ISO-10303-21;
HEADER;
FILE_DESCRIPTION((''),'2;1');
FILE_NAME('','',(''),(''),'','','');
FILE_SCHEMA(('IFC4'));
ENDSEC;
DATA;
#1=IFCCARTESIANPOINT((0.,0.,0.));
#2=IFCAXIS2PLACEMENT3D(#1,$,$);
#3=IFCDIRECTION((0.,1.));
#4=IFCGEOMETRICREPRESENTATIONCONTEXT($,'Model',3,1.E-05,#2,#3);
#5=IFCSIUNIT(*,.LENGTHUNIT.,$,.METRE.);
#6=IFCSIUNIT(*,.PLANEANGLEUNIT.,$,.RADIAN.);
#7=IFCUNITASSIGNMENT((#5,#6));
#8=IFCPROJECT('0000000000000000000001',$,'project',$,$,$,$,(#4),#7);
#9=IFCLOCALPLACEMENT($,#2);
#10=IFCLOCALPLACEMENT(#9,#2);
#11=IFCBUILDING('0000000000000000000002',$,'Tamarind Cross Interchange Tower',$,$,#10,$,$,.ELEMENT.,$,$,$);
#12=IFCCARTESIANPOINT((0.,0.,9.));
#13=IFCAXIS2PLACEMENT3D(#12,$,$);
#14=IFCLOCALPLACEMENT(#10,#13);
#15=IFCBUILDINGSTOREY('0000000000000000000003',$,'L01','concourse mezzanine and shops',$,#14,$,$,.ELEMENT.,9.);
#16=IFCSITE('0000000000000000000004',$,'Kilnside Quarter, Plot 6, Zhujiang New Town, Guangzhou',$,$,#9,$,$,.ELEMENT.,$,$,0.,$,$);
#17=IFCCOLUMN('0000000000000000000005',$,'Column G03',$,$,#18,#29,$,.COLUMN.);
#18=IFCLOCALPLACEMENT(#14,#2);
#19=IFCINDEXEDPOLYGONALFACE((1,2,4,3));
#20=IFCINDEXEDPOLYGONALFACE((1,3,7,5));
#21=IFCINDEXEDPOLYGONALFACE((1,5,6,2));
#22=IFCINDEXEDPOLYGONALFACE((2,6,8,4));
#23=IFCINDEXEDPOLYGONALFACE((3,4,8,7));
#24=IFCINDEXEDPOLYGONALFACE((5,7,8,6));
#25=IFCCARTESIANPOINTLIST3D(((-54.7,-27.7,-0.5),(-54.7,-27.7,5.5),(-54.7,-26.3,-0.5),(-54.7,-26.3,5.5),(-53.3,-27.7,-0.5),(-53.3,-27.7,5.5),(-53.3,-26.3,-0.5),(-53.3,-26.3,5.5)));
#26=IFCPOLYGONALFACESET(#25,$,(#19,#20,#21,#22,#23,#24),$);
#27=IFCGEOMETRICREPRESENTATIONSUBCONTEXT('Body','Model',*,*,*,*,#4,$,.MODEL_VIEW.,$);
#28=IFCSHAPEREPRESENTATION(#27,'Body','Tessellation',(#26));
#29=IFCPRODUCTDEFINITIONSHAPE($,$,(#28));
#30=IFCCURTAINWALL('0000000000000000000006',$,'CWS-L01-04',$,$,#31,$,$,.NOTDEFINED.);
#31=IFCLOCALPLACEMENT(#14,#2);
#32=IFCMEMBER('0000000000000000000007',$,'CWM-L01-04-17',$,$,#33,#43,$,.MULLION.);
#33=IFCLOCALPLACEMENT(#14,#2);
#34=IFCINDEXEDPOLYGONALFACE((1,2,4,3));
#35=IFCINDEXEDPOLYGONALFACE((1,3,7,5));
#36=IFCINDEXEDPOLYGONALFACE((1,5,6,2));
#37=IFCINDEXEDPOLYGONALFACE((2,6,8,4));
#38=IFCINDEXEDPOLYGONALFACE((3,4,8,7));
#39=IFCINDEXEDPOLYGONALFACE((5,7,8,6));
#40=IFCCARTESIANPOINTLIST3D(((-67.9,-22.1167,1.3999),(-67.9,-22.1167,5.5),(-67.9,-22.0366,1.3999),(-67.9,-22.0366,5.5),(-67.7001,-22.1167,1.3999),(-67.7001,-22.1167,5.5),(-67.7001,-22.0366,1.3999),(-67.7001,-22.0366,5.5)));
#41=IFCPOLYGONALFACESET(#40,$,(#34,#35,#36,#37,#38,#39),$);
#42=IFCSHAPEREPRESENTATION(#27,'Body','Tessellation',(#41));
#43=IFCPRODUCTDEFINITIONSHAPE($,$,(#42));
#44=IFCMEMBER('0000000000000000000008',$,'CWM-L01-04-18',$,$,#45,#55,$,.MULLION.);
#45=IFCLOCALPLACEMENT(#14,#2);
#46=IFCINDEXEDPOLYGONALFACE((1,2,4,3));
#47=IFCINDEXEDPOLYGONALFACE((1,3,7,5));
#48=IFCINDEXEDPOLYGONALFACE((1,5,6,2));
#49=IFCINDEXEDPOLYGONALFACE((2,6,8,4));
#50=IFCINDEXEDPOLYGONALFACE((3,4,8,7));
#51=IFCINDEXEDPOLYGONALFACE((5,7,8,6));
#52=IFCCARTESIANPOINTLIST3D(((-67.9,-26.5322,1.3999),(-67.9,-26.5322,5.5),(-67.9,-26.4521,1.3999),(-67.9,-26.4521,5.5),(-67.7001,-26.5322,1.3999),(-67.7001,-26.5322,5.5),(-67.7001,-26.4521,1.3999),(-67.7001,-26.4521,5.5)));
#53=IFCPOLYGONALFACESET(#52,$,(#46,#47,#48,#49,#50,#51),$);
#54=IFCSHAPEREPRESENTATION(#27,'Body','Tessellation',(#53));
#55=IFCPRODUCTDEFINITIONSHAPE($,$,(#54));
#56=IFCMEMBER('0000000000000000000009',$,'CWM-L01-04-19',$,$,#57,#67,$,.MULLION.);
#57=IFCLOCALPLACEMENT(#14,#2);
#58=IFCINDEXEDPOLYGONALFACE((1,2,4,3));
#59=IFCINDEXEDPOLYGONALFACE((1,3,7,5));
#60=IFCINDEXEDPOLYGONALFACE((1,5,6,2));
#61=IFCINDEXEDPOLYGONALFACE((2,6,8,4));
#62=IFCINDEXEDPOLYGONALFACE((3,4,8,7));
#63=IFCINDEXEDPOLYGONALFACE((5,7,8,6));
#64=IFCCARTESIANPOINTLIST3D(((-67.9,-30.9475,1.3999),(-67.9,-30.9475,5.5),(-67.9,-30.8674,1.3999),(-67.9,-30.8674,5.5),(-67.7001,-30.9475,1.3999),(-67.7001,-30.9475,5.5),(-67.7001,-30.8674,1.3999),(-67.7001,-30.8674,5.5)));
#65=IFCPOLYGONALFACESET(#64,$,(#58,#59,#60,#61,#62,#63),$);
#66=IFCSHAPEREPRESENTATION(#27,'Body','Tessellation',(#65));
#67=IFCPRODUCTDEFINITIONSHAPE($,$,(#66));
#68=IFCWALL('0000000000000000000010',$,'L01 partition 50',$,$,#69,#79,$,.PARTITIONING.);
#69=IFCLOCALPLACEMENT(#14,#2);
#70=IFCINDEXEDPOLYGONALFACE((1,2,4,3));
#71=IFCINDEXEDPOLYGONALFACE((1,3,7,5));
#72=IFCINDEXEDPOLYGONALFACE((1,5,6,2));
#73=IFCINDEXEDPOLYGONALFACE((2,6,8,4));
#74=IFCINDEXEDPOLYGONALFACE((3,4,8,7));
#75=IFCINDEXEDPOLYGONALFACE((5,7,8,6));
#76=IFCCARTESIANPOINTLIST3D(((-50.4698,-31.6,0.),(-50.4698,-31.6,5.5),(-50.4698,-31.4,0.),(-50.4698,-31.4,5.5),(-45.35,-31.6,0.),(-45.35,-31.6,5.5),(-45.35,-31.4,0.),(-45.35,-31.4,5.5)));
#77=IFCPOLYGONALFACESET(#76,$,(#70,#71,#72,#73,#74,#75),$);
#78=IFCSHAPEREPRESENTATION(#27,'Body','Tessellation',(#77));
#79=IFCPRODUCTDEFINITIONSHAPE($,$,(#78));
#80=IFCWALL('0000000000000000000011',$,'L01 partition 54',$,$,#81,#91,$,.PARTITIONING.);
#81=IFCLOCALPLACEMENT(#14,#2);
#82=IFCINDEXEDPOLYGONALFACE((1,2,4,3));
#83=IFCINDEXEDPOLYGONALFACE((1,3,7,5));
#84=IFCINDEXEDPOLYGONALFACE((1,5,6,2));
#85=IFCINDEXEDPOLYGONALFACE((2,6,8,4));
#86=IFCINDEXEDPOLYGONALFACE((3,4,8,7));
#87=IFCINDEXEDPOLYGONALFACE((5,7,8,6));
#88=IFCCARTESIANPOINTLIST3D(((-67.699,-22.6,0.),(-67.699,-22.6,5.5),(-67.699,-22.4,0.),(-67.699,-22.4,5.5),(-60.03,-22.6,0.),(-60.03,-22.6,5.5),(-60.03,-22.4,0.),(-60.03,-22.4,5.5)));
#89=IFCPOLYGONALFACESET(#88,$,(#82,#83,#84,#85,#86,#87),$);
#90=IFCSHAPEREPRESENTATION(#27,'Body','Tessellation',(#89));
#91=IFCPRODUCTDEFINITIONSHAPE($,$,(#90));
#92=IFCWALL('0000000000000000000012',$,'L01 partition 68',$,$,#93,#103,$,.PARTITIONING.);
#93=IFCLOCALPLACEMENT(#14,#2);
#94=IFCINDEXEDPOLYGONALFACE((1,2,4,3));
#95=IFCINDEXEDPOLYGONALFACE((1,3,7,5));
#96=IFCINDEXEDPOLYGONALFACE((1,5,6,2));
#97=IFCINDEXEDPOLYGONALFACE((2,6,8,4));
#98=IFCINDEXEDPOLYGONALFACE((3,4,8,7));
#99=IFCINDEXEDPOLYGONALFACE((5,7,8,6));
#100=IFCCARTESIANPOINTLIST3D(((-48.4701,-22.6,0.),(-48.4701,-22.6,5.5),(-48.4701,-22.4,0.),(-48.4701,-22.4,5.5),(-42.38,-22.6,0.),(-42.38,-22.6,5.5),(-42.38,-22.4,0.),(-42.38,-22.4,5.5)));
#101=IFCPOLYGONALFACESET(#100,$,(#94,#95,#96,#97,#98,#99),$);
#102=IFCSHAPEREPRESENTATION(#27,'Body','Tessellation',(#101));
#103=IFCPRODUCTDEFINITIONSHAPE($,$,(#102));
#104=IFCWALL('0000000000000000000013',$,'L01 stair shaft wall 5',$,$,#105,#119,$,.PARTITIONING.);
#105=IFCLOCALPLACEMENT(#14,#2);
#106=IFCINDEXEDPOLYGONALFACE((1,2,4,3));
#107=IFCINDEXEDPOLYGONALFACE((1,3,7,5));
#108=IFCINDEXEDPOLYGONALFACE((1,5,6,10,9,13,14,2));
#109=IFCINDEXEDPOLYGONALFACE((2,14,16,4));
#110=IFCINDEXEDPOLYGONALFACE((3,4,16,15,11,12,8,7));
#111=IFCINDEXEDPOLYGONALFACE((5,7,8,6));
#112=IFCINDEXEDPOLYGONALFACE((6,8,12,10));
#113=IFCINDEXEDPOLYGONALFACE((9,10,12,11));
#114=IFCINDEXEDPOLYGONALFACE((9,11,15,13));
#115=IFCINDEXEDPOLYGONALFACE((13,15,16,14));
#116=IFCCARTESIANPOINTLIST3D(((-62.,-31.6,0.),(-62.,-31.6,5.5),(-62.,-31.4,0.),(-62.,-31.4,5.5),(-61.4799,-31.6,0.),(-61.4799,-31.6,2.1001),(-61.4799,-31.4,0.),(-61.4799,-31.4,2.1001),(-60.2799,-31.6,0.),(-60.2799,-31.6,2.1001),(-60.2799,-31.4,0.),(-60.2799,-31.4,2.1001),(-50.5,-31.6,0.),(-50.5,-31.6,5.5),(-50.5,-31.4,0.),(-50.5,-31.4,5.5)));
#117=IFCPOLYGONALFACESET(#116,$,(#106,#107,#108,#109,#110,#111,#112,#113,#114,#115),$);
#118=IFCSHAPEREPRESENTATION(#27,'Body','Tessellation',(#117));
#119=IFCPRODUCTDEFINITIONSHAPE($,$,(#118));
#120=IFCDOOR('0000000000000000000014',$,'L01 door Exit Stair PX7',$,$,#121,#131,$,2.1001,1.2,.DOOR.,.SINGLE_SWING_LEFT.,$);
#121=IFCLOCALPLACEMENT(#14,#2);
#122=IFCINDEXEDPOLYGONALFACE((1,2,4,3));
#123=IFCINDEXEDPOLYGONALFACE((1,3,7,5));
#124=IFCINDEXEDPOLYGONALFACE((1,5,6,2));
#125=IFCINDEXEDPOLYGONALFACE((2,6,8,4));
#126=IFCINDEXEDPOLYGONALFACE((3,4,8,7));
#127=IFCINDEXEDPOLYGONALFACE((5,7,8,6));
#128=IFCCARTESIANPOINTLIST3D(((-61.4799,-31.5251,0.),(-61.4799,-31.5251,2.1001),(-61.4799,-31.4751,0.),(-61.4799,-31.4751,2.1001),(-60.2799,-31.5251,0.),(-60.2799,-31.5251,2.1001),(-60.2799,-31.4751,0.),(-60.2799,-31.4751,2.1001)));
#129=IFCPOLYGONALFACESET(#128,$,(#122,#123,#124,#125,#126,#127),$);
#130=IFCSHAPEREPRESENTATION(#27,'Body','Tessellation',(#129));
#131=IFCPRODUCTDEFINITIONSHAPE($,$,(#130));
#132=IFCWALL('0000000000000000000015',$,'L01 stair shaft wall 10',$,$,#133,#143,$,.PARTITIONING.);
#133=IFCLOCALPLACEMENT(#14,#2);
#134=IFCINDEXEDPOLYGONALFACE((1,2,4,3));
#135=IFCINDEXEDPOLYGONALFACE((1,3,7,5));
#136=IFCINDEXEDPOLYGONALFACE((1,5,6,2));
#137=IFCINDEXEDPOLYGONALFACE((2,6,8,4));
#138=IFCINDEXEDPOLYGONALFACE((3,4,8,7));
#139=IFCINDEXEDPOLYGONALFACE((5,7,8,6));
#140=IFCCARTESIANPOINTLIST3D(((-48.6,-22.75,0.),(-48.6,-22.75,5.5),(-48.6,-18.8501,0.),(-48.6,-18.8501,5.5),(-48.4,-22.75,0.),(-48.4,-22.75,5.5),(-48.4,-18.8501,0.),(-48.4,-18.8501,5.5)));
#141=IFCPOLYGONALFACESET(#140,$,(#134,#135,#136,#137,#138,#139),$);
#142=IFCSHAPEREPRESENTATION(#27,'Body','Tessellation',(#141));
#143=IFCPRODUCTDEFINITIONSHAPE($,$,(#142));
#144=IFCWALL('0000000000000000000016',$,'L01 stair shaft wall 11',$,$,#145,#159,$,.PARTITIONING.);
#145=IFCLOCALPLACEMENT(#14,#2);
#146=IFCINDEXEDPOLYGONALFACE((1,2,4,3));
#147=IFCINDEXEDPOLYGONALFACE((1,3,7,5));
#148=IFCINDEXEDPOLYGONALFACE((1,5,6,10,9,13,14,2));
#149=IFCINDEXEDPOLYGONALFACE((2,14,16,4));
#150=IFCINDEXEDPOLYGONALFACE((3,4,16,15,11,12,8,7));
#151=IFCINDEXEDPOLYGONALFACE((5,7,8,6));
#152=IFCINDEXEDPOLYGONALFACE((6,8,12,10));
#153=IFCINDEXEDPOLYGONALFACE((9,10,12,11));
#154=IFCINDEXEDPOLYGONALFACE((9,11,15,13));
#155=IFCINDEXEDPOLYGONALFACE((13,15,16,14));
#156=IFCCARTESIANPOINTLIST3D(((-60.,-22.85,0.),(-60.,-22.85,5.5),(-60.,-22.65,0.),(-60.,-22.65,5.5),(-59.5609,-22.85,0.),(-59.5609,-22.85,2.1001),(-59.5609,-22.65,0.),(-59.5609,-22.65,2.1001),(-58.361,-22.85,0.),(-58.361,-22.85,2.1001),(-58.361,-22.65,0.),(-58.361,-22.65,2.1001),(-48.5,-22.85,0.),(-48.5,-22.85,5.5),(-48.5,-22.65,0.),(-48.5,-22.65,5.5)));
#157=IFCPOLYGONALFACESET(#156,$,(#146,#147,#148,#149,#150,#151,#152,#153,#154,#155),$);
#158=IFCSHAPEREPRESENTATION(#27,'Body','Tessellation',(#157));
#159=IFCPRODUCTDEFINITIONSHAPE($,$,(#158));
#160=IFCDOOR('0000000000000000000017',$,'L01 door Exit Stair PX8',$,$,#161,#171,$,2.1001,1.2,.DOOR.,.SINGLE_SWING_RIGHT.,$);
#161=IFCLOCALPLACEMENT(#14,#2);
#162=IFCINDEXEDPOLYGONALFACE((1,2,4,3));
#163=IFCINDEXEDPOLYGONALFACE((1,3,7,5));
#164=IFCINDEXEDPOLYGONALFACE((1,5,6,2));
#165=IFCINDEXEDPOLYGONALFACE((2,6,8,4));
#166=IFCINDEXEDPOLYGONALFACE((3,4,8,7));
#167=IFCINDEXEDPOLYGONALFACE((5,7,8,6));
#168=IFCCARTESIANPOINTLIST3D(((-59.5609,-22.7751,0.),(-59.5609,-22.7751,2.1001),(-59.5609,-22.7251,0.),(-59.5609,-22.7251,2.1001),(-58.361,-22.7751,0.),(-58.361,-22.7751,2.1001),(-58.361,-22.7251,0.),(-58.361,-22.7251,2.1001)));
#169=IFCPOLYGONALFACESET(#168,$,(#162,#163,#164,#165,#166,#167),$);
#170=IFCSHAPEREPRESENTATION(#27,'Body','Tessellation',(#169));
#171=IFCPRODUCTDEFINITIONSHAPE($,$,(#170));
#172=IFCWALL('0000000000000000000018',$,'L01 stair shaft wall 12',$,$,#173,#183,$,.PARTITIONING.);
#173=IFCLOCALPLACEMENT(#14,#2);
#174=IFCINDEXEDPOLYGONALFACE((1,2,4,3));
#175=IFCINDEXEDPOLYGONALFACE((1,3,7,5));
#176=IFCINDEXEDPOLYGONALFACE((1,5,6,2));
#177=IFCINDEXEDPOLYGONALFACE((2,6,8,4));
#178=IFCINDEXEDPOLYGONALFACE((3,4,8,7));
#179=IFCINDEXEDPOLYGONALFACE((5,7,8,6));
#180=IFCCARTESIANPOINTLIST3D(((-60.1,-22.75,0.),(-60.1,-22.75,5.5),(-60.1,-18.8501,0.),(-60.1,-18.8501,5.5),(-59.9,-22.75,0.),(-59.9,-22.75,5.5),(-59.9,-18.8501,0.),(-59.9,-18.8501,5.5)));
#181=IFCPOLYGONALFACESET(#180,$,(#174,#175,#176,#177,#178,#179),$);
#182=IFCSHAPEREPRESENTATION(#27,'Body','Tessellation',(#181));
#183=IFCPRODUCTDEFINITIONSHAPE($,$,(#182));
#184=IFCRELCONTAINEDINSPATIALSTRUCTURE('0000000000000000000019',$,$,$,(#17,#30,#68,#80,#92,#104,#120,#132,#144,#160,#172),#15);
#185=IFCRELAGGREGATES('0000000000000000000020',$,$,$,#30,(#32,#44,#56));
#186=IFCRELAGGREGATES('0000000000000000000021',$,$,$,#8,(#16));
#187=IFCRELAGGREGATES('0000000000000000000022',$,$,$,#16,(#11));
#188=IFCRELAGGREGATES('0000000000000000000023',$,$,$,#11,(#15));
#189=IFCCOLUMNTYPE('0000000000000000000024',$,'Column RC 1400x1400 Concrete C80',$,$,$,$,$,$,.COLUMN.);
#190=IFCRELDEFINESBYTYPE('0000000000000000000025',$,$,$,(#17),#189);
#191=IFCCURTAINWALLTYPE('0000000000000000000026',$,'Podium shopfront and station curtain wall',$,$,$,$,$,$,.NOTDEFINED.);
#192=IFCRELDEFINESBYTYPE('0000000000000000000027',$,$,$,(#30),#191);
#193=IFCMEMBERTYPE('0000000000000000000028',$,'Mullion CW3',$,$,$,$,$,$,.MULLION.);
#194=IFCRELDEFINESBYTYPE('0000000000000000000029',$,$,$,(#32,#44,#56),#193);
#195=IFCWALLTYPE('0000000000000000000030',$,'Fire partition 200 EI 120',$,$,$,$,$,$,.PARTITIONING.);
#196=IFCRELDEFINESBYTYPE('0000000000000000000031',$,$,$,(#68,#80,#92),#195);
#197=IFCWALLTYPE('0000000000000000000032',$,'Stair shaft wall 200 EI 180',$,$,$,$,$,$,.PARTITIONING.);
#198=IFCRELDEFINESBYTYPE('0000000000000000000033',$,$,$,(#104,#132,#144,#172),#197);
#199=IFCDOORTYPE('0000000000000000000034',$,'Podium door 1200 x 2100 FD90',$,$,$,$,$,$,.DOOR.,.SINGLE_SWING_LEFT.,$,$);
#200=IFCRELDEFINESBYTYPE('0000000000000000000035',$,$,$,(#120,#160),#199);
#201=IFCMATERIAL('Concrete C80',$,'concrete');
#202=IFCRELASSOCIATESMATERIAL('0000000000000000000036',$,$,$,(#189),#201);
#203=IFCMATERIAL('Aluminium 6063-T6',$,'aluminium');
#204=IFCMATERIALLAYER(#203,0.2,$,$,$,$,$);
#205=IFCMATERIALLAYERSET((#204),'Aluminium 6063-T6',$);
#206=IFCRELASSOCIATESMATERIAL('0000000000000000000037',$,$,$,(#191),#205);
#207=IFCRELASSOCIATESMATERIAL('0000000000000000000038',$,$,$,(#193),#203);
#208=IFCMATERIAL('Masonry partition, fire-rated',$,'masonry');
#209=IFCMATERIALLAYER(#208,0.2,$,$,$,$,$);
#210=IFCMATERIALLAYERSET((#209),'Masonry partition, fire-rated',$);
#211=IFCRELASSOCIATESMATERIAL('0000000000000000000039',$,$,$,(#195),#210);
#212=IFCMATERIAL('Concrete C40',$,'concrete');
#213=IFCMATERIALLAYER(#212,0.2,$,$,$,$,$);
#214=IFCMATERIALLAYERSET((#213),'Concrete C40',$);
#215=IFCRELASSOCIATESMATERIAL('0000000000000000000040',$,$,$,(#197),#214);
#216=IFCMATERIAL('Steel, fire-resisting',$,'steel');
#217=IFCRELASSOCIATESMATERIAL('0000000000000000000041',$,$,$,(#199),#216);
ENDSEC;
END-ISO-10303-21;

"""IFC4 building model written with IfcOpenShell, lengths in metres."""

from ifc_helpers import new_model, si_unit, direction, frame, frame_2d, origin, origin_2d, place, context, subcontext, project, spatial, rectangle, extrude, material, layer, layer_set, material_profile, profile_set, type_object, element, fill, aggregate, save


model = new_model("IFC4")

# Units and contexts
model_context = context("Model", 3, precision=1e-05, world=origin(), true_north=direction((0.0, 1.0)))
body_context = subcontext(model_context, "Body", "Model", "MODEL_VIEW")
ifc_project = project(units=[si_unit("LENGTHUNIT", "METRE"), si_unit("PLANEANGLEUNIT", "RADIAN")], contexts=[model_context])

# Site, building, storey
site_placement = place(None, origin())
site = spatial("IfcSite", under=ifc_project, at=site_placement, Name="Kilnside Quarter, Plot 6, Zhujiang New Town, Guangzhou", CompositionType="ELEMENT", RefElevation=0.0)
building_placement = place(site_placement, origin())
building = spatial("IfcBuilding", under=site, at=building_placement, Name="Tamarind Cross Interchange Tower", CompositionType="ELEMENT")
storey_placement = place(building_placement, frame((0.0, 0.0, 9.0)))
storey = spatial("IfcBuildingStorey", under=building, at=storey_placement, Name="L01", Description="concourse mezzanine and shops", CompositionType="ELEMENT", Elevation=9.0)

# Column
ifc_material_1 = material(Name="Concrete C80", Category="concrete")
ifc_material_profile_1 = material_profile(ifc_material_1, rectangle(XDim=1.3999, YDim=1.3999, at=origin_2d()), Name="RC 1400x1400")
ifc_profile_set_1 = profile_set([ifc_material_profile_1], Name="Concrete C80")
column_type = type_object("IfcColumnType", Name="Column RC 1400x1400 Concrete C80", PredefinedType="COLUMN", material=ifc_profile_set_1)
column_placement = place(storey_placement, frame((-54.0, -27.0, -0.5), z_axis=(0.0, 0.0, 1.0), x_axis=(1.0, 0.0, 0.0)))
element("IfcColumn", 1, at=column_placement, inside=storey, type_object=column_type, Name="Column G03", PredefinedType="COLUMN", context=body_context, shape_type="SweptSolid", body=[
    extrude(rectangle(XDim=1.3999, YDim=1.3999, at=origin_2d()), origin(), (0.0, 0.0, 1.0), 6.0),
])

# Curtain wall, members
ifc_material_2 = material(Name="Aluminium 6063-T6", Category="aluminium")
ifc_layer_1 = layer(ifc_material_2, 0.2)
ifc_layer_set_1 = layer_set([ifc_layer_1], Name="Aluminium 6063-T6")
curtain_wall_type = type_object("IfcCurtainWallType", Name="Podium shopfront and station curtain wall", PredefinedType="NOTDEFINED", material=ifc_layer_set_1)
curtain_wall_placement = place(storey_placement, origin())
curtain_wall = element("IfcCurtainWall", 2, at=curtain_wall_placement, inside=storey, type_object=curtain_wall_type, Name="CWS-L01-04", PredefinedType="NOTDEFINED")
ifc_material_profile_2 = material_profile(ifc_material_2, rectangle(XDim=0.0801, YDim=0.2, at=origin_2d()), Name="Mullion CW3")
ifc_profile_set_2 = profile_set([ifc_material_profile_2], Name="Aluminium 6063-T6")
member_type = type_object("IfcMemberType", Name="Mullion CW3", PredefinedType="MULLION", material=ifc_profile_set_2)
member_1_placement = place(storey_placement, frame((-67.8, -22.0767, 1.3999), z_axis=(0.0, 0.0, 1.0), x_axis=(0.0, -1.0, 0.0)))
member_1 = element("IfcMember", 3, at=member_1_placement, type_object=member_type, Name="CWM-L01-04-17", PredefinedType="MULLION", context=body_context, shape_type="SweptSolid", body=[
    extrude(rectangle(XDim=0.0801, YDim=0.2, at=origin_2d()), origin(), (0.0, 0.0, 1.0), 4.1001),
])
member_2_placement = place(storey_placement, frame((-67.8, -26.4922, 1.3999), z_axis=(0.0, 0.0, 1.0), x_axis=(0.0, -1.0, 0.0)))
member_2 = element("IfcMember", 4, at=member_2_placement, type_object=member_type, Name="CWM-L01-04-18", PredefinedType="MULLION", context=body_context, shape_type="SweptSolid", body=[
    extrude(rectangle(XDim=0.0801, YDim=0.2, at=origin_2d()), origin(), (0.0, 0.0, 1.0), 4.1001),
])
member_3_placement = place(storey_placement, frame((-67.8, -30.9075, 1.3999), z_axis=(0.0, 0.0, 1.0), x_axis=(0.0, -1.0, 0.0)))
member_3 = element("IfcMember", 5, at=member_3_placement, type_object=member_type, Name="CWM-L01-04-19", PredefinedType="MULLION", context=body_context, shape_type="SweptSolid", body=[
    extrude(rectangle(XDim=0.0801, YDim=0.2, at=origin_2d()), origin(), (0.0, 0.0, 1.0), 4.1001),
])
aggregate(curtain_wall, [member_1, member_2, member_3])

# Walls
ifc_material_3 = material(Name="Masonry partition, fire-rated", Category="masonry")
ifc_layer_2 = layer(ifc_material_3, 0.2)
ifc_layer_set_2 = layer_set([ifc_layer_2], Name="Masonry partition, fire-rated")
wall_type_1 = type_object("IfcWallType", Name="Fire partition 200 EI 120", PredefinedType="PARTITIONING", material=ifc_layer_set_2)
wall_1_placement = place(storey_placement, frame((-50.47, -31.5, 0.0), z_axis=(0.0, 0.0, 1.0), x_axis=(1.0, 0.0, 0.0)))
element("IfcWall", 6, at=wall_1_placement, inside=storey, type_object=wall_type_1, Name="L01 partition 50", PredefinedType="PARTITIONING", context=body_context, shape_type="SweptSolid", body=[
    extrude(rectangle(XDim=5.1199, YDim=0.2, at=frame_2d((2.5601, 0.0))), origin(), (0.0, 0.0, 1.0), 5.5),
])
wall_2_placement = place(storey_placement, frame((-67.699, -22.5, 0.0), z_axis=(0.0, 0.0, 1.0), x_axis=(1.0, 0.0, 0.0)))
element("IfcWall", 7, at=wall_2_placement, inside=storey, type_object=wall_type_1, Name="L01 partition 54", PredefinedType="PARTITIONING", context=body_context, shape_type="SweptSolid", body=[
    extrude(rectangle(XDim=7.6689, YDim=0.2, at=frame_2d((3.8345, 0.0))), origin(), (0.0, 0.0, 1.0), 5.5),
])
wall_3_placement = place(storey_placement, frame((-48.47, -22.5, 0.0), z_axis=(0.0, 0.0, 1.0), x_axis=(1.0, 0.0, 0.0)))
element("IfcWall", 8, at=wall_3_placement, inside=storey, type_object=wall_type_1, Name="L01 partition 68", PredefinedType="PARTITIONING", context=body_context, shape_type="SweptSolid", body=[
    extrude(rectangle(XDim=6.0901, YDim=0.2, at=frame_2d((3.0449, 0.0))), origin(), (0.0, 0.0, 1.0), 5.5),
])

# Wall, opening, door
ifc_material_4 = material(Name="Concrete C40", Category="concrete")
ifc_layer_3 = layer(ifc_material_4, 0.2)
ifc_layer_set_3 = layer_set([ifc_layer_3], Name="Concrete C40")
wall_type_2 = type_object("IfcWallType", Name="Stair shaft wall 200 EI 180", PredefinedType="PARTITIONING", material=ifc_layer_set_3)
wall_4_placement = place(storey_placement, frame((-62.0, -31.5, 0.0), z_axis=(0.0, 0.0, 1.0), x_axis=(1.0, 0.0, 0.0)))
wall_4 = element("IfcWall", 9, at=wall_4_placement, inside=storey, type_object=wall_type_2, Name="L01 stair shaft wall 5", PredefinedType="PARTITIONING", context=body_context, shape_type="SweptSolid", body=[
    extrude(rectangle(XDim=11.5, YDim=0.2, at=frame_2d((5.75, 0.0))), origin(), (0.0, 0.0, 1.0), 5.5),
])
opening_1_placement = place(wall_4_placement, frame((0.52, 0.0, 0.0)))
opening_1 = element("IfcOpeningElement", 10, at=opening_1_placement, cuts=wall_4, PredefinedType="OPENING", context=body_context, shape_type="SweptSolid", body=[
    extrude(rectangle(XDim=1.2, YDim=2.1001, at=frame_2d((0.6001, 1.05))), frame((0.0, 0.1099, 0.0), z_axis=(0.0, -1.0, 0.0), x_axis=(1.0, 0.0, 0.0)), (0.0, 0.0, 1.0), 0.22),
])
ifc_material_5 = material(Name="Steel, fire-resisting", Category="steel")
door_type = type_object("IfcDoorType", Name="Podium door 1200 x 2100 FD90", OperationType="SINGLE_SWING_LEFT", PredefinedType="DOOR", material=ifc_material_5)
door_1_placement = place(opening_1_placement, origin())
door_1 = element("IfcDoor", 11, at=door_1_placement, inside=storey, type_object=door_type, Name="L01 door Exit Stair PX7", OperationType="SINGLE_SWING_LEFT", OverallHeight=2.1001, OverallWidth=1.2, PredefinedType="DOOR", context=body_context, shape_type="SweptSolid", body=[
    extrude(rectangle(XDim=1.2, YDim=2.1001, at=frame_2d((0.6001, 1.05))), frame((0.0, 0.0249, 0.0), z_axis=(0.0, -1.0, 0.0), x_axis=(1.0, 0.0, 0.0)), (0.0, 0.0, 1.0), 0.05),
])
fill(opening_1, door_1)

# Wall
wall_5_placement = place(storey_placement, frame((-48.5, -22.75, 0.0), z_axis=(0.0, 0.0, 1.0), x_axis=(0.0, 1.0, 0.0)))
element("IfcWall", 12, at=wall_5_placement, inside=storey, type_object=wall_type_2, Name="L01 stair shaft wall 10", PredefinedType="PARTITIONING", context=body_context, shape_type="SweptSolid", body=[
    extrude(rectangle(XDim=3.8999, YDim=0.2, at=frame_2d((1.95, 0.0))), origin(), (0.0, 0.0, 1.0), 5.5),
])

# Wall, opening, door
wall_6_placement = place(storey_placement, frame((-60.0, -22.75, 0.0), z_axis=(0.0, 0.0, 1.0), x_axis=(1.0, 0.0, 0.0)))
wall_6 = element("IfcWall", 13, at=wall_6_placement, inside=storey, type_object=wall_type_2, Name="L01 stair shaft wall 11", PredefinedType="PARTITIONING", context=body_context, shape_type="SweptSolid", body=[
    extrude(rectangle(XDim=11.5, YDim=0.2, at=frame_2d((5.75, 0.0))), origin(), (0.0, 0.0, 1.0), 5.5),
])
opening_2_placement = place(wall_6_placement, frame((0.439, 0.0, 0.0)))
opening_2 = element("IfcOpeningElement", 14, at=opening_2_placement, cuts=wall_6, PredefinedType="OPENING", context=body_context, shape_type="SweptSolid", body=[
    extrude(rectangle(XDim=1.2, YDim=2.1001, at=frame_2d((0.6001, 1.05))), frame((0.0, 0.1099, 0.0), z_axis=(0.0, -1.0, 0.0), x_axis=(1.0, 0.0, 0.0)), (0.0, 0.0, 1.0), 0.22),
])
door_2_placement = place(opening_2_placement, origin())
door_2 = element("IfcDoor", 15, at=door_2_placement, inside=storey, type_object=door_type, Name="L01 door Exit Stair PX8", OperationType="SINGLE_SWING_RIGHT", OverallHeight=2.1001, OverallWidth=1.2, PredefinedType="DOOR", context=body_context, shape_type="SweptSolid", body=[
    extrude(rectangle(XDim=1.2, YDim=2.1001, at=frame_2d((0.6001, 1.05))), frame((0.0, 0.0249, 0.0), z_axis=(0.0, -1.0, 0.0), x_axis=(1.0, 0.0, 0.0)), (0.0, 0.0, 1.0), 0.05),
])
fill(opening_2, door_2)

# Wall
wall_7_placement = place(storey_placement, frame((-60.0, -22.75, 0.0), z_axis=(0.0, 0.0, 1.0), x_axis=(0.0, 1.0, 0.0)))
element("IfcWall", 16, at=wall_7_placement, inside=storey, type_object=wall_type_2, Name="L01 stair shaft wall 12", PredefinedType="PARTITIONING", context=body_context, shape_type="SweptSolid", body=[
    extrude(rectangle(XDim=3.8999, YDim=0.2, at=frame_2d((1.95, 0.0))), origin(), (0.0, 0.0, 1.0), 5.5),
])

save(model, "model.ifc")
